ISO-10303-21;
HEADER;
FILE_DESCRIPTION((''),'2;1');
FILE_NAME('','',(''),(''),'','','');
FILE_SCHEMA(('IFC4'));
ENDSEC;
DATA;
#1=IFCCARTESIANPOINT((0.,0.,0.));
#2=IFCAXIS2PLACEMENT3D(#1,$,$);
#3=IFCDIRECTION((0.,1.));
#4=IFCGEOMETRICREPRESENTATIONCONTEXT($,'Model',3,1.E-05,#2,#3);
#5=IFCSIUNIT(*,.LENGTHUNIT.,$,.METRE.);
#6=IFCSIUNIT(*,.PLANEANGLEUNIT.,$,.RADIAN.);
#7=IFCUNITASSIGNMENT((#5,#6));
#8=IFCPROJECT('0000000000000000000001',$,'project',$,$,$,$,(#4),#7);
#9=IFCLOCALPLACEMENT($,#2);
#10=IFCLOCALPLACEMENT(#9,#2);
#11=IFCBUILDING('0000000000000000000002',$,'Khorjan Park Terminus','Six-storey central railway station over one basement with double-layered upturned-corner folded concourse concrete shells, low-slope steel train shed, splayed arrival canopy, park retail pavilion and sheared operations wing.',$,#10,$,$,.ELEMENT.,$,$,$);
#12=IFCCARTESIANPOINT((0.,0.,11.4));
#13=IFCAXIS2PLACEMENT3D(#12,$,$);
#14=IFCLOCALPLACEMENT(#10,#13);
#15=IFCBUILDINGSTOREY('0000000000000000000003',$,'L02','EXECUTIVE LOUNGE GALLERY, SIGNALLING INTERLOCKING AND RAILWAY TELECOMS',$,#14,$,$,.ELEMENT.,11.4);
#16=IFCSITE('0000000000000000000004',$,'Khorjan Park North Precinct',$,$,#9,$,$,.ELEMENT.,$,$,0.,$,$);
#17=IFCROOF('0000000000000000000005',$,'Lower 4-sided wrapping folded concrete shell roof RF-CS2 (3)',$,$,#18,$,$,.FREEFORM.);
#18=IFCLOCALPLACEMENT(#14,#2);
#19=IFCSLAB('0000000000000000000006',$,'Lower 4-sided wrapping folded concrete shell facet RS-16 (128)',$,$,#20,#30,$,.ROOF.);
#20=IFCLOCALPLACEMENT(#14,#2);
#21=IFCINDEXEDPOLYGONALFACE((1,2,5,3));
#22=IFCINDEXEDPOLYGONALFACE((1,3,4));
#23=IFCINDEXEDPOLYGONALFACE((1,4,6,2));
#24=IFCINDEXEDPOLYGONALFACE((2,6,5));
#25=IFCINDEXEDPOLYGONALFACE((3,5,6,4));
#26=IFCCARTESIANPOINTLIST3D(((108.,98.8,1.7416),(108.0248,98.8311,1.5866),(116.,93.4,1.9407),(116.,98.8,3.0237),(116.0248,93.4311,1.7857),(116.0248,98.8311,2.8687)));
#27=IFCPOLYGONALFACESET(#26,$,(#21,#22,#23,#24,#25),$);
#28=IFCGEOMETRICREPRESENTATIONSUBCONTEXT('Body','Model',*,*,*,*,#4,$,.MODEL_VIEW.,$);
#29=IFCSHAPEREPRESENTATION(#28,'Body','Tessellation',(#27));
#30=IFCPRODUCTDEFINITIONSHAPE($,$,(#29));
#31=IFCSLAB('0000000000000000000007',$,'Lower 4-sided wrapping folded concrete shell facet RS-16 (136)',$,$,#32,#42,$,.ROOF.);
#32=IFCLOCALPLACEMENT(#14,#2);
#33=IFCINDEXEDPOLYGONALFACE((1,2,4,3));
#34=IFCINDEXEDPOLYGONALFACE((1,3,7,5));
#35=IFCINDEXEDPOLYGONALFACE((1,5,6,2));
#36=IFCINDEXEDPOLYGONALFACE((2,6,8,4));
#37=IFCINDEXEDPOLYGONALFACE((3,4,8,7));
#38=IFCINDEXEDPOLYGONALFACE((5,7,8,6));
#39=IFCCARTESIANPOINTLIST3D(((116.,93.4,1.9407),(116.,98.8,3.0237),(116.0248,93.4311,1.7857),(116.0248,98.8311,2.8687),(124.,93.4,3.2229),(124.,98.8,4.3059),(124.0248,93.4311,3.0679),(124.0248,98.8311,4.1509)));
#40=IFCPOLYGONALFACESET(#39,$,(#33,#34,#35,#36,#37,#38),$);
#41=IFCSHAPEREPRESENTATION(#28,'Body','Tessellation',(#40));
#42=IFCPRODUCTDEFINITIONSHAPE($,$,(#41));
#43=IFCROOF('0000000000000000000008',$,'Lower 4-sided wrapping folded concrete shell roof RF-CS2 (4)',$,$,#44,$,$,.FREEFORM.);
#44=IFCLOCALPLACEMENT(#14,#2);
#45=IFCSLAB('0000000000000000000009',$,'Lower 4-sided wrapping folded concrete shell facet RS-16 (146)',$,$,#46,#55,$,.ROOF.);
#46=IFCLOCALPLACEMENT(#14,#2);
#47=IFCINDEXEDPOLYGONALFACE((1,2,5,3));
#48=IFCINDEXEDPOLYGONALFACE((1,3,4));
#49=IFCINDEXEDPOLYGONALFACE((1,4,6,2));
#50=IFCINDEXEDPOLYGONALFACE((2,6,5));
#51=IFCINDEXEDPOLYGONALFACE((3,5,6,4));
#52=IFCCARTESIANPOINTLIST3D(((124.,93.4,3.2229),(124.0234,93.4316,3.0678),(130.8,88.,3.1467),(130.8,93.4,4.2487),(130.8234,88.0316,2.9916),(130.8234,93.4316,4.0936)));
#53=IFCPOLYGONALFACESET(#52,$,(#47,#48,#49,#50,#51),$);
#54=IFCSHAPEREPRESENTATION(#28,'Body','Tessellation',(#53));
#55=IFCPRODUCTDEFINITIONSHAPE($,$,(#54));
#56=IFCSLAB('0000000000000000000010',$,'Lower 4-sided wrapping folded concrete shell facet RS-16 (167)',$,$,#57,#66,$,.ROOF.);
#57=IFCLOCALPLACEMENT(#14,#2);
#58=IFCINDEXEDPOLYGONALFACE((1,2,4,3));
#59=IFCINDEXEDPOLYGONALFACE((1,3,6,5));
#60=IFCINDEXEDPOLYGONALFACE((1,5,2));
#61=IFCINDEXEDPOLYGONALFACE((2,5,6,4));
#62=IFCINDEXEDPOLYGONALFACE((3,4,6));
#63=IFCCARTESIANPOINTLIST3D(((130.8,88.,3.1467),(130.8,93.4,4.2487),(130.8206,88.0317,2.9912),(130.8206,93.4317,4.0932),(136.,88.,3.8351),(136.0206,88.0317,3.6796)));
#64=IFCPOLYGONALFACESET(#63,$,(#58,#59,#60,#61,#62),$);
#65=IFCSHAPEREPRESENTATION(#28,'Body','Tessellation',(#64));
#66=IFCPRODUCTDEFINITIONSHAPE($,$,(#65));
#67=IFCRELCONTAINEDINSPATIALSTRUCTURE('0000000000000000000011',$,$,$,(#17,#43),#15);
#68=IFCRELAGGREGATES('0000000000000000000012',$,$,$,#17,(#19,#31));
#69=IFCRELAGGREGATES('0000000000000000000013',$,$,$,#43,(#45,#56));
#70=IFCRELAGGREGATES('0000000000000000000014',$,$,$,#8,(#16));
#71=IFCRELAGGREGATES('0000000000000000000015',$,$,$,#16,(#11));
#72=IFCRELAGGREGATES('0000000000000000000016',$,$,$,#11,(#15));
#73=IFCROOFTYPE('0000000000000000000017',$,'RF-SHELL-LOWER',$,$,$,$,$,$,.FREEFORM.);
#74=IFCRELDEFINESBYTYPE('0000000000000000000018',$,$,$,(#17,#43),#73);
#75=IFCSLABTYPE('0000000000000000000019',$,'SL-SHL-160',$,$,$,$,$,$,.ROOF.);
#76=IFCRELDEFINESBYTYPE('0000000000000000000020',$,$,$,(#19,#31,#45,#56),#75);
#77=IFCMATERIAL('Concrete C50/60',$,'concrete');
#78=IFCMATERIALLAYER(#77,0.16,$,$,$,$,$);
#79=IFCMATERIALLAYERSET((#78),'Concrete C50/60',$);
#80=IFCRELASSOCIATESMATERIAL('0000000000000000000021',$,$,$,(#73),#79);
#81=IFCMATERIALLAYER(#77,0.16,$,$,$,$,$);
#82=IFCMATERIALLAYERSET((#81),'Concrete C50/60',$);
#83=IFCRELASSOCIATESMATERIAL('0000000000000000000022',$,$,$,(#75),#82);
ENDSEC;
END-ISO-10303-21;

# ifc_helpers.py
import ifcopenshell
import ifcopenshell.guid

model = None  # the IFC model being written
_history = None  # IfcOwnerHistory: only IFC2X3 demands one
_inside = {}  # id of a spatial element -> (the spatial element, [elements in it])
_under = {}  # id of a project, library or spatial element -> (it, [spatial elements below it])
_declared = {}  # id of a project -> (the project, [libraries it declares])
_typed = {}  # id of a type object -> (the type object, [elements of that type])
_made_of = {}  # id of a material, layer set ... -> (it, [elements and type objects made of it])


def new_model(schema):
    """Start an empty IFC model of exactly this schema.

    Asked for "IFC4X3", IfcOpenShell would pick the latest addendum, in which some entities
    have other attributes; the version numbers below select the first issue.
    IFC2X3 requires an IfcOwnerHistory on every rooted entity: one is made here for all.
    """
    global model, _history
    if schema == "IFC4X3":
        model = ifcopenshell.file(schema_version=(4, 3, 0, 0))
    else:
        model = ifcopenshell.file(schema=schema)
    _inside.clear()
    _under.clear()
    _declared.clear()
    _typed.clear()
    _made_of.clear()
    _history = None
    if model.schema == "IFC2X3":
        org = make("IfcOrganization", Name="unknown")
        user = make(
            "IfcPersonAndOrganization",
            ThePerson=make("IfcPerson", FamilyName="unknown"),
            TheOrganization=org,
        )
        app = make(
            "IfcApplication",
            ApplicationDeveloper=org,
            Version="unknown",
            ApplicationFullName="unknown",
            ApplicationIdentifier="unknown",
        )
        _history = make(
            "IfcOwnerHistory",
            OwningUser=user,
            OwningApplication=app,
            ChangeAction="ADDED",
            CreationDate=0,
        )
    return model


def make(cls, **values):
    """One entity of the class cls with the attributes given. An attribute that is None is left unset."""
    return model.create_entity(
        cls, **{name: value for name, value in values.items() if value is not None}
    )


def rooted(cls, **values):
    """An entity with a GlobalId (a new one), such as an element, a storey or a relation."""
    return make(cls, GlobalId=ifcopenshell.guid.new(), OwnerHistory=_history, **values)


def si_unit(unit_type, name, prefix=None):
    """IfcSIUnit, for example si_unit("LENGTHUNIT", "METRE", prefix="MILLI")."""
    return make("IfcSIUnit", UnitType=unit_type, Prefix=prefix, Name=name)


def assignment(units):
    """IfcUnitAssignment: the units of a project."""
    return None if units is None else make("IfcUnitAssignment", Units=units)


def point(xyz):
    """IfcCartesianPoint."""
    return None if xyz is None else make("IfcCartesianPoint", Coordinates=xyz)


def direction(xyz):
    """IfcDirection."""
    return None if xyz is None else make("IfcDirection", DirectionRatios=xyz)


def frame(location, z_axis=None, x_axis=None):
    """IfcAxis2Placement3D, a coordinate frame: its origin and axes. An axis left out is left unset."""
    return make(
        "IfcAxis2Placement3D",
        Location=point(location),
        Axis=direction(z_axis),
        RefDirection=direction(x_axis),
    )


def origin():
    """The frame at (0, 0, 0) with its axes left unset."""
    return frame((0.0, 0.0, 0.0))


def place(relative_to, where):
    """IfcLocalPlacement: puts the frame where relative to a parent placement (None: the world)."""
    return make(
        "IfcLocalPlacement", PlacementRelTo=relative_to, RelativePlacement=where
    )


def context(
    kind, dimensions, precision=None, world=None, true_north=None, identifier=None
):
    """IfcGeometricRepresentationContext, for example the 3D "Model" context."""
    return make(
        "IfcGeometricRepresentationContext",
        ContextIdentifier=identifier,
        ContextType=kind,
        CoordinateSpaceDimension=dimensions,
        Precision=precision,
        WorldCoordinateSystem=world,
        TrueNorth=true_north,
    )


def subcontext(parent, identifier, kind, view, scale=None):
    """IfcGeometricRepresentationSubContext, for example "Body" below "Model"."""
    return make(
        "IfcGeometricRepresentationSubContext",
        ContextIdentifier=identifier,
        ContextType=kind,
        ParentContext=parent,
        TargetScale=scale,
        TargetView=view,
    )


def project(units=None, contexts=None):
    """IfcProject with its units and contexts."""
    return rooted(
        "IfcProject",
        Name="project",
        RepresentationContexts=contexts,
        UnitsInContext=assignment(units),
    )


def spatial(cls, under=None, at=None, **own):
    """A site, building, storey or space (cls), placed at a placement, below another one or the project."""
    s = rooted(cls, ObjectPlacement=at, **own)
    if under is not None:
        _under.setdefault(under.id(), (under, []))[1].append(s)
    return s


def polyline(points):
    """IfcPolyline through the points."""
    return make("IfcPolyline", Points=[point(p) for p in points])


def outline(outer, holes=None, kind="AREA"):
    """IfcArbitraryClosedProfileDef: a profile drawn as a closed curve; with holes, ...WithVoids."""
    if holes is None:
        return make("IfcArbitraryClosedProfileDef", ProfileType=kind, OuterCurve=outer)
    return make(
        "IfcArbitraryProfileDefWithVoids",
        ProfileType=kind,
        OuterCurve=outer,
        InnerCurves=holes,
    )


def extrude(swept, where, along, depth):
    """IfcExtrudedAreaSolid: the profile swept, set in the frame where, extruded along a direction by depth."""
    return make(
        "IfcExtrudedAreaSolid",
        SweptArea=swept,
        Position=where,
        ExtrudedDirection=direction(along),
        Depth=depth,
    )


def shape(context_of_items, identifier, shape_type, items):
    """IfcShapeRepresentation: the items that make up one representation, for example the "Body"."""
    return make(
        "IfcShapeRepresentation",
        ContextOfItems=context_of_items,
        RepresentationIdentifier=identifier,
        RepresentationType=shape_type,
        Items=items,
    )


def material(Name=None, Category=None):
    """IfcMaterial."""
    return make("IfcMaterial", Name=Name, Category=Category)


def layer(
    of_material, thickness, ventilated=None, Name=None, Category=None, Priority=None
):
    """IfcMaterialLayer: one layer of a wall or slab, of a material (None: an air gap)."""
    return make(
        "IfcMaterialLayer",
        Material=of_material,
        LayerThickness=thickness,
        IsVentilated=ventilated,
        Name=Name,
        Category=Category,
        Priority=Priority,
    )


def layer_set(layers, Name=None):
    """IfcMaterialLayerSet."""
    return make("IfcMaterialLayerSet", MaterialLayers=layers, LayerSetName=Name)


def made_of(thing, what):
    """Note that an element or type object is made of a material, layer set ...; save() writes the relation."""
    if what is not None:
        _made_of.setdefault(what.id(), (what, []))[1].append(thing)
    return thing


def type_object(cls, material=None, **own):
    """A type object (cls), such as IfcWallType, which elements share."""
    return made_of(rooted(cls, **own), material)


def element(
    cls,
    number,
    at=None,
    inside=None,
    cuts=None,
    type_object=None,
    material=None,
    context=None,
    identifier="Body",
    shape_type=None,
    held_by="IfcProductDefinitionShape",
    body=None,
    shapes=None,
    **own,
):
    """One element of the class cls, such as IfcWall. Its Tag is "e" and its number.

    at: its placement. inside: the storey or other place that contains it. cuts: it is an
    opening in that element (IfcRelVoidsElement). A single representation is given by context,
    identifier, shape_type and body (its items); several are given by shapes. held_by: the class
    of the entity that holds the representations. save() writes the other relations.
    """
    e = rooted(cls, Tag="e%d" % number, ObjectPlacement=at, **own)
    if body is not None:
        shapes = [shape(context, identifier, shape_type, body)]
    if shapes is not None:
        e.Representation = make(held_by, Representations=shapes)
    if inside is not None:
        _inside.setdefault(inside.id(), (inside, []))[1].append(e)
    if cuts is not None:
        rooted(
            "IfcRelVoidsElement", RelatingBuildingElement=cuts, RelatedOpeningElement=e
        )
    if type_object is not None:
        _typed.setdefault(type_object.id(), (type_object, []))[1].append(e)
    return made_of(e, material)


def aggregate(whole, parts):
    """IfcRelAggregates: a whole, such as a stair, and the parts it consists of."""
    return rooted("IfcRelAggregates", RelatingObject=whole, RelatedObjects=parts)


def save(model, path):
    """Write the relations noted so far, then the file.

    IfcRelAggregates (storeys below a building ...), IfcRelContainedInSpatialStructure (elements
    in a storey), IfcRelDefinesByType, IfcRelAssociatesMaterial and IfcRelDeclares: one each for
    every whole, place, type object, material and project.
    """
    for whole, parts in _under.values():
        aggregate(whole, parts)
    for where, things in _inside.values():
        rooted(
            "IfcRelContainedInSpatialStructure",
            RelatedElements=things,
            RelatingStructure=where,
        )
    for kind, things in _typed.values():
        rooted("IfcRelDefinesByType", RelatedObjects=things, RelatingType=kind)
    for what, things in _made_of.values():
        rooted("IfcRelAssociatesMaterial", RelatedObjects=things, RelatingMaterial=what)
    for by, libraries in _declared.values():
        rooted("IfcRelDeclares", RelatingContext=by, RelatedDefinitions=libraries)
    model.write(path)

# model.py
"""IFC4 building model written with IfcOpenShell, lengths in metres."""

from ifc_helpers import new_model, si_unit, direction, frame, origin, place, context, subcontext, project, spatial, polyline, outline, extrude, material, layer, layer_set, type_object, element, aggregate, save


model = new_model("IFC4")

# Units and contexts
model_context = context("Model", 3, precision=1e-05, world=origin(), true_north=direction((0.0, 1.0)))
body_context = subcontext(model_context, "Body", "Model", "MODEL_VIEW")
ifc_project = project(units=[si_unit("LENGTHUNIT", "METRE"), si_unit("PLANEANGLEUNIT", "RADIAN")], contexts=[model_context])

# Site, building, storey
site_placement = place(None, origin())
site = spatial("IfcSite", under=ifc_project, at=site_placement, Name="Khorjan Park North Precinct", CompositionType="ELEMENT", RefElevation=0.0)
building_placement = place(site_placement, origin())
building = spatial("IfcBuilding", under=site, at=building_placement, Name="Khorjan Park Terminus", Description="Six-storey central railway station over one basement with double-layered upturned-corner folded concourse concrete shells, low-slope steel train shed, splayed arrival canopy, park retail pavilion and sheared operations wing.", CompositionType="ELEMENT")
storey_placement = place(building_placement, frame((0.0, 0.0, 11.4)))
storey = spatial("IfcBuildingStorey", under=building, at=storey_placement, Name="L02", Description="EXECUTIVE LOUNGE GALLERY, SIGNALLING INTERLOCKING AND RAILWAY TELECOMS", CompositionType="ELEMENT", Elevation=11.4)

# Shared definitions
ifc_material_1 = material(Name="Concrete C50/60", Category="concrete")

# Roofs, slabs
ifc_layer_1 = layer(ifc_material_1, 0.16)
ifc_layer_set_1 = layer_set([ifc_layer_1], Name="Concrete C50/60")
roof_type = type_object("IfcRoofType", Name="RF-SHELL-LOWER", PredefinedType="FREEFORM", material=ifc_layer_set_1)
roof_1_placement = place(storey_placement, origin())
roof_1 = element("IfcRoof", 1, at=roof_1_placement, inside=storey, type_object=roof_type, Name="Lower 4-sided wrapping folded concrete shell roof RF-CS2 (3)", PredefinedType="FREEFORM")
ifc_layer_2 = layer(ifc_material_1, 0.16)
ifc_layer_set_2 = layer_set([ifc_layer_2], Name="Concrete C50/60")
slab_type = type_object("IfcSlabType", Name="SL-SHL-160", PredefinedType="ROOF", material=ifc_layer_set_2)
slab_1_placement = place(storey_placement, frame((116.0, 93.4, 1.9407), z_axis=(-0.155229, -0.194256, 0.968591), x_axis=(0.0, 0.980476, 0.19664)))
slab_1 = element("IfcSlab", 2, at=slab_1_placement, type_object=slab_type, Name="Lower 4-sided wrapping folded concrete shell facet RS-16 (128)", PredefinedType="ROOF", context=body_context, shape_type="SweptSolid", body=[
    extrude(outline(polyline([(0.0, 0.0), (5.5075, 0.0), (5.2554, 8.0982), (0.0, 0.0)])), origin(), (0.0, 0.0, -1.0), 0.16),
])
slab_2_placement = place(storey_placement, frame((116.0, 93.4, 1.9407), z_axis=(-0.155241, -0.194256, 0.968589), x_axis=(0.987398, 0.0, 0.158255)))
slab_2 = element("IfcSlab", 3, at=slab_2_placement, type_object=slab_type, Name="Lower 4-sided wrapping folded concrete shell facet RS-16 (136)", PredefinedType="ROOF", context=body_context, shape_type="SweptSolid", body=[
    extrude(outline(polyline([(0.0, 0.0), (8.1021, 0.0), (8.2735, 5.5049), (0.1714, 5.5049), (0.0, 0.0)])), origin(), (0.0, 0.0, -1.0), 0.16),
])
aggregate(roof_1, [slab_1, slab_2])
roof_2_placement = place(storey_placement, origin())
roof_2 = element("IfcRoof", 4, at=roof_2_placement, inside=storey, type_object=roof_type, Name="Lower 4-sided wrapping folded concrete shell roof RF-CS2 (4)", PredefinedType="FREEFORM")
slab_3_placement = place(storey_placement, frame((130.8, 88.0, 3.1467), z_axis=(-0.146218, -0.197804, 0.969275), x_axis=(0.0, 0.979806, 0.199953)))
slab_3 = element("IfcSlab", 5, at=slab_3_placement, type_object=slab_type, Name="Lower 4-sided wrapping folded concrete shell facet RS-16 (146)", PredefinedType="ROOF", context=body_context, shape_type="SweptSolid", body=[
    extrude(outline(polyline([(0.0, 0.0), (5.5113, 0.0), (5.3062, 6.8739), (0.0, 0.0)])), origin(), (0.0, 0.0, -1.0), 0.16),
])
slab_4_placement = place(storey_placement, frame((130.8, 88.0, 3.1467), z_axis=(-0.128634, -0.198292, 0.971665), x_axis=(0.991351, 0.0, 0.13124)))
slab_4 = element("IfcSlab", 6, at=slab_4_placement, type_object=slab_type, Name="Lower 4-sided wrapping folded concrete shell facet RS-16 (167)", PredefinedType="ROOF", context=body_context, shape_type="SweptSolid", body=[
    extrude(outline(polyline([(0.0, 0.0), (5.2454, 0.0), (0.1446, 5.5094), (0.0, 0.0)])), origin(), (0.0, 0.0, -1.0), 0.16),
])
aggregate(roof_2, [slab_3, slab_4])

save(model, "model.ifc")
